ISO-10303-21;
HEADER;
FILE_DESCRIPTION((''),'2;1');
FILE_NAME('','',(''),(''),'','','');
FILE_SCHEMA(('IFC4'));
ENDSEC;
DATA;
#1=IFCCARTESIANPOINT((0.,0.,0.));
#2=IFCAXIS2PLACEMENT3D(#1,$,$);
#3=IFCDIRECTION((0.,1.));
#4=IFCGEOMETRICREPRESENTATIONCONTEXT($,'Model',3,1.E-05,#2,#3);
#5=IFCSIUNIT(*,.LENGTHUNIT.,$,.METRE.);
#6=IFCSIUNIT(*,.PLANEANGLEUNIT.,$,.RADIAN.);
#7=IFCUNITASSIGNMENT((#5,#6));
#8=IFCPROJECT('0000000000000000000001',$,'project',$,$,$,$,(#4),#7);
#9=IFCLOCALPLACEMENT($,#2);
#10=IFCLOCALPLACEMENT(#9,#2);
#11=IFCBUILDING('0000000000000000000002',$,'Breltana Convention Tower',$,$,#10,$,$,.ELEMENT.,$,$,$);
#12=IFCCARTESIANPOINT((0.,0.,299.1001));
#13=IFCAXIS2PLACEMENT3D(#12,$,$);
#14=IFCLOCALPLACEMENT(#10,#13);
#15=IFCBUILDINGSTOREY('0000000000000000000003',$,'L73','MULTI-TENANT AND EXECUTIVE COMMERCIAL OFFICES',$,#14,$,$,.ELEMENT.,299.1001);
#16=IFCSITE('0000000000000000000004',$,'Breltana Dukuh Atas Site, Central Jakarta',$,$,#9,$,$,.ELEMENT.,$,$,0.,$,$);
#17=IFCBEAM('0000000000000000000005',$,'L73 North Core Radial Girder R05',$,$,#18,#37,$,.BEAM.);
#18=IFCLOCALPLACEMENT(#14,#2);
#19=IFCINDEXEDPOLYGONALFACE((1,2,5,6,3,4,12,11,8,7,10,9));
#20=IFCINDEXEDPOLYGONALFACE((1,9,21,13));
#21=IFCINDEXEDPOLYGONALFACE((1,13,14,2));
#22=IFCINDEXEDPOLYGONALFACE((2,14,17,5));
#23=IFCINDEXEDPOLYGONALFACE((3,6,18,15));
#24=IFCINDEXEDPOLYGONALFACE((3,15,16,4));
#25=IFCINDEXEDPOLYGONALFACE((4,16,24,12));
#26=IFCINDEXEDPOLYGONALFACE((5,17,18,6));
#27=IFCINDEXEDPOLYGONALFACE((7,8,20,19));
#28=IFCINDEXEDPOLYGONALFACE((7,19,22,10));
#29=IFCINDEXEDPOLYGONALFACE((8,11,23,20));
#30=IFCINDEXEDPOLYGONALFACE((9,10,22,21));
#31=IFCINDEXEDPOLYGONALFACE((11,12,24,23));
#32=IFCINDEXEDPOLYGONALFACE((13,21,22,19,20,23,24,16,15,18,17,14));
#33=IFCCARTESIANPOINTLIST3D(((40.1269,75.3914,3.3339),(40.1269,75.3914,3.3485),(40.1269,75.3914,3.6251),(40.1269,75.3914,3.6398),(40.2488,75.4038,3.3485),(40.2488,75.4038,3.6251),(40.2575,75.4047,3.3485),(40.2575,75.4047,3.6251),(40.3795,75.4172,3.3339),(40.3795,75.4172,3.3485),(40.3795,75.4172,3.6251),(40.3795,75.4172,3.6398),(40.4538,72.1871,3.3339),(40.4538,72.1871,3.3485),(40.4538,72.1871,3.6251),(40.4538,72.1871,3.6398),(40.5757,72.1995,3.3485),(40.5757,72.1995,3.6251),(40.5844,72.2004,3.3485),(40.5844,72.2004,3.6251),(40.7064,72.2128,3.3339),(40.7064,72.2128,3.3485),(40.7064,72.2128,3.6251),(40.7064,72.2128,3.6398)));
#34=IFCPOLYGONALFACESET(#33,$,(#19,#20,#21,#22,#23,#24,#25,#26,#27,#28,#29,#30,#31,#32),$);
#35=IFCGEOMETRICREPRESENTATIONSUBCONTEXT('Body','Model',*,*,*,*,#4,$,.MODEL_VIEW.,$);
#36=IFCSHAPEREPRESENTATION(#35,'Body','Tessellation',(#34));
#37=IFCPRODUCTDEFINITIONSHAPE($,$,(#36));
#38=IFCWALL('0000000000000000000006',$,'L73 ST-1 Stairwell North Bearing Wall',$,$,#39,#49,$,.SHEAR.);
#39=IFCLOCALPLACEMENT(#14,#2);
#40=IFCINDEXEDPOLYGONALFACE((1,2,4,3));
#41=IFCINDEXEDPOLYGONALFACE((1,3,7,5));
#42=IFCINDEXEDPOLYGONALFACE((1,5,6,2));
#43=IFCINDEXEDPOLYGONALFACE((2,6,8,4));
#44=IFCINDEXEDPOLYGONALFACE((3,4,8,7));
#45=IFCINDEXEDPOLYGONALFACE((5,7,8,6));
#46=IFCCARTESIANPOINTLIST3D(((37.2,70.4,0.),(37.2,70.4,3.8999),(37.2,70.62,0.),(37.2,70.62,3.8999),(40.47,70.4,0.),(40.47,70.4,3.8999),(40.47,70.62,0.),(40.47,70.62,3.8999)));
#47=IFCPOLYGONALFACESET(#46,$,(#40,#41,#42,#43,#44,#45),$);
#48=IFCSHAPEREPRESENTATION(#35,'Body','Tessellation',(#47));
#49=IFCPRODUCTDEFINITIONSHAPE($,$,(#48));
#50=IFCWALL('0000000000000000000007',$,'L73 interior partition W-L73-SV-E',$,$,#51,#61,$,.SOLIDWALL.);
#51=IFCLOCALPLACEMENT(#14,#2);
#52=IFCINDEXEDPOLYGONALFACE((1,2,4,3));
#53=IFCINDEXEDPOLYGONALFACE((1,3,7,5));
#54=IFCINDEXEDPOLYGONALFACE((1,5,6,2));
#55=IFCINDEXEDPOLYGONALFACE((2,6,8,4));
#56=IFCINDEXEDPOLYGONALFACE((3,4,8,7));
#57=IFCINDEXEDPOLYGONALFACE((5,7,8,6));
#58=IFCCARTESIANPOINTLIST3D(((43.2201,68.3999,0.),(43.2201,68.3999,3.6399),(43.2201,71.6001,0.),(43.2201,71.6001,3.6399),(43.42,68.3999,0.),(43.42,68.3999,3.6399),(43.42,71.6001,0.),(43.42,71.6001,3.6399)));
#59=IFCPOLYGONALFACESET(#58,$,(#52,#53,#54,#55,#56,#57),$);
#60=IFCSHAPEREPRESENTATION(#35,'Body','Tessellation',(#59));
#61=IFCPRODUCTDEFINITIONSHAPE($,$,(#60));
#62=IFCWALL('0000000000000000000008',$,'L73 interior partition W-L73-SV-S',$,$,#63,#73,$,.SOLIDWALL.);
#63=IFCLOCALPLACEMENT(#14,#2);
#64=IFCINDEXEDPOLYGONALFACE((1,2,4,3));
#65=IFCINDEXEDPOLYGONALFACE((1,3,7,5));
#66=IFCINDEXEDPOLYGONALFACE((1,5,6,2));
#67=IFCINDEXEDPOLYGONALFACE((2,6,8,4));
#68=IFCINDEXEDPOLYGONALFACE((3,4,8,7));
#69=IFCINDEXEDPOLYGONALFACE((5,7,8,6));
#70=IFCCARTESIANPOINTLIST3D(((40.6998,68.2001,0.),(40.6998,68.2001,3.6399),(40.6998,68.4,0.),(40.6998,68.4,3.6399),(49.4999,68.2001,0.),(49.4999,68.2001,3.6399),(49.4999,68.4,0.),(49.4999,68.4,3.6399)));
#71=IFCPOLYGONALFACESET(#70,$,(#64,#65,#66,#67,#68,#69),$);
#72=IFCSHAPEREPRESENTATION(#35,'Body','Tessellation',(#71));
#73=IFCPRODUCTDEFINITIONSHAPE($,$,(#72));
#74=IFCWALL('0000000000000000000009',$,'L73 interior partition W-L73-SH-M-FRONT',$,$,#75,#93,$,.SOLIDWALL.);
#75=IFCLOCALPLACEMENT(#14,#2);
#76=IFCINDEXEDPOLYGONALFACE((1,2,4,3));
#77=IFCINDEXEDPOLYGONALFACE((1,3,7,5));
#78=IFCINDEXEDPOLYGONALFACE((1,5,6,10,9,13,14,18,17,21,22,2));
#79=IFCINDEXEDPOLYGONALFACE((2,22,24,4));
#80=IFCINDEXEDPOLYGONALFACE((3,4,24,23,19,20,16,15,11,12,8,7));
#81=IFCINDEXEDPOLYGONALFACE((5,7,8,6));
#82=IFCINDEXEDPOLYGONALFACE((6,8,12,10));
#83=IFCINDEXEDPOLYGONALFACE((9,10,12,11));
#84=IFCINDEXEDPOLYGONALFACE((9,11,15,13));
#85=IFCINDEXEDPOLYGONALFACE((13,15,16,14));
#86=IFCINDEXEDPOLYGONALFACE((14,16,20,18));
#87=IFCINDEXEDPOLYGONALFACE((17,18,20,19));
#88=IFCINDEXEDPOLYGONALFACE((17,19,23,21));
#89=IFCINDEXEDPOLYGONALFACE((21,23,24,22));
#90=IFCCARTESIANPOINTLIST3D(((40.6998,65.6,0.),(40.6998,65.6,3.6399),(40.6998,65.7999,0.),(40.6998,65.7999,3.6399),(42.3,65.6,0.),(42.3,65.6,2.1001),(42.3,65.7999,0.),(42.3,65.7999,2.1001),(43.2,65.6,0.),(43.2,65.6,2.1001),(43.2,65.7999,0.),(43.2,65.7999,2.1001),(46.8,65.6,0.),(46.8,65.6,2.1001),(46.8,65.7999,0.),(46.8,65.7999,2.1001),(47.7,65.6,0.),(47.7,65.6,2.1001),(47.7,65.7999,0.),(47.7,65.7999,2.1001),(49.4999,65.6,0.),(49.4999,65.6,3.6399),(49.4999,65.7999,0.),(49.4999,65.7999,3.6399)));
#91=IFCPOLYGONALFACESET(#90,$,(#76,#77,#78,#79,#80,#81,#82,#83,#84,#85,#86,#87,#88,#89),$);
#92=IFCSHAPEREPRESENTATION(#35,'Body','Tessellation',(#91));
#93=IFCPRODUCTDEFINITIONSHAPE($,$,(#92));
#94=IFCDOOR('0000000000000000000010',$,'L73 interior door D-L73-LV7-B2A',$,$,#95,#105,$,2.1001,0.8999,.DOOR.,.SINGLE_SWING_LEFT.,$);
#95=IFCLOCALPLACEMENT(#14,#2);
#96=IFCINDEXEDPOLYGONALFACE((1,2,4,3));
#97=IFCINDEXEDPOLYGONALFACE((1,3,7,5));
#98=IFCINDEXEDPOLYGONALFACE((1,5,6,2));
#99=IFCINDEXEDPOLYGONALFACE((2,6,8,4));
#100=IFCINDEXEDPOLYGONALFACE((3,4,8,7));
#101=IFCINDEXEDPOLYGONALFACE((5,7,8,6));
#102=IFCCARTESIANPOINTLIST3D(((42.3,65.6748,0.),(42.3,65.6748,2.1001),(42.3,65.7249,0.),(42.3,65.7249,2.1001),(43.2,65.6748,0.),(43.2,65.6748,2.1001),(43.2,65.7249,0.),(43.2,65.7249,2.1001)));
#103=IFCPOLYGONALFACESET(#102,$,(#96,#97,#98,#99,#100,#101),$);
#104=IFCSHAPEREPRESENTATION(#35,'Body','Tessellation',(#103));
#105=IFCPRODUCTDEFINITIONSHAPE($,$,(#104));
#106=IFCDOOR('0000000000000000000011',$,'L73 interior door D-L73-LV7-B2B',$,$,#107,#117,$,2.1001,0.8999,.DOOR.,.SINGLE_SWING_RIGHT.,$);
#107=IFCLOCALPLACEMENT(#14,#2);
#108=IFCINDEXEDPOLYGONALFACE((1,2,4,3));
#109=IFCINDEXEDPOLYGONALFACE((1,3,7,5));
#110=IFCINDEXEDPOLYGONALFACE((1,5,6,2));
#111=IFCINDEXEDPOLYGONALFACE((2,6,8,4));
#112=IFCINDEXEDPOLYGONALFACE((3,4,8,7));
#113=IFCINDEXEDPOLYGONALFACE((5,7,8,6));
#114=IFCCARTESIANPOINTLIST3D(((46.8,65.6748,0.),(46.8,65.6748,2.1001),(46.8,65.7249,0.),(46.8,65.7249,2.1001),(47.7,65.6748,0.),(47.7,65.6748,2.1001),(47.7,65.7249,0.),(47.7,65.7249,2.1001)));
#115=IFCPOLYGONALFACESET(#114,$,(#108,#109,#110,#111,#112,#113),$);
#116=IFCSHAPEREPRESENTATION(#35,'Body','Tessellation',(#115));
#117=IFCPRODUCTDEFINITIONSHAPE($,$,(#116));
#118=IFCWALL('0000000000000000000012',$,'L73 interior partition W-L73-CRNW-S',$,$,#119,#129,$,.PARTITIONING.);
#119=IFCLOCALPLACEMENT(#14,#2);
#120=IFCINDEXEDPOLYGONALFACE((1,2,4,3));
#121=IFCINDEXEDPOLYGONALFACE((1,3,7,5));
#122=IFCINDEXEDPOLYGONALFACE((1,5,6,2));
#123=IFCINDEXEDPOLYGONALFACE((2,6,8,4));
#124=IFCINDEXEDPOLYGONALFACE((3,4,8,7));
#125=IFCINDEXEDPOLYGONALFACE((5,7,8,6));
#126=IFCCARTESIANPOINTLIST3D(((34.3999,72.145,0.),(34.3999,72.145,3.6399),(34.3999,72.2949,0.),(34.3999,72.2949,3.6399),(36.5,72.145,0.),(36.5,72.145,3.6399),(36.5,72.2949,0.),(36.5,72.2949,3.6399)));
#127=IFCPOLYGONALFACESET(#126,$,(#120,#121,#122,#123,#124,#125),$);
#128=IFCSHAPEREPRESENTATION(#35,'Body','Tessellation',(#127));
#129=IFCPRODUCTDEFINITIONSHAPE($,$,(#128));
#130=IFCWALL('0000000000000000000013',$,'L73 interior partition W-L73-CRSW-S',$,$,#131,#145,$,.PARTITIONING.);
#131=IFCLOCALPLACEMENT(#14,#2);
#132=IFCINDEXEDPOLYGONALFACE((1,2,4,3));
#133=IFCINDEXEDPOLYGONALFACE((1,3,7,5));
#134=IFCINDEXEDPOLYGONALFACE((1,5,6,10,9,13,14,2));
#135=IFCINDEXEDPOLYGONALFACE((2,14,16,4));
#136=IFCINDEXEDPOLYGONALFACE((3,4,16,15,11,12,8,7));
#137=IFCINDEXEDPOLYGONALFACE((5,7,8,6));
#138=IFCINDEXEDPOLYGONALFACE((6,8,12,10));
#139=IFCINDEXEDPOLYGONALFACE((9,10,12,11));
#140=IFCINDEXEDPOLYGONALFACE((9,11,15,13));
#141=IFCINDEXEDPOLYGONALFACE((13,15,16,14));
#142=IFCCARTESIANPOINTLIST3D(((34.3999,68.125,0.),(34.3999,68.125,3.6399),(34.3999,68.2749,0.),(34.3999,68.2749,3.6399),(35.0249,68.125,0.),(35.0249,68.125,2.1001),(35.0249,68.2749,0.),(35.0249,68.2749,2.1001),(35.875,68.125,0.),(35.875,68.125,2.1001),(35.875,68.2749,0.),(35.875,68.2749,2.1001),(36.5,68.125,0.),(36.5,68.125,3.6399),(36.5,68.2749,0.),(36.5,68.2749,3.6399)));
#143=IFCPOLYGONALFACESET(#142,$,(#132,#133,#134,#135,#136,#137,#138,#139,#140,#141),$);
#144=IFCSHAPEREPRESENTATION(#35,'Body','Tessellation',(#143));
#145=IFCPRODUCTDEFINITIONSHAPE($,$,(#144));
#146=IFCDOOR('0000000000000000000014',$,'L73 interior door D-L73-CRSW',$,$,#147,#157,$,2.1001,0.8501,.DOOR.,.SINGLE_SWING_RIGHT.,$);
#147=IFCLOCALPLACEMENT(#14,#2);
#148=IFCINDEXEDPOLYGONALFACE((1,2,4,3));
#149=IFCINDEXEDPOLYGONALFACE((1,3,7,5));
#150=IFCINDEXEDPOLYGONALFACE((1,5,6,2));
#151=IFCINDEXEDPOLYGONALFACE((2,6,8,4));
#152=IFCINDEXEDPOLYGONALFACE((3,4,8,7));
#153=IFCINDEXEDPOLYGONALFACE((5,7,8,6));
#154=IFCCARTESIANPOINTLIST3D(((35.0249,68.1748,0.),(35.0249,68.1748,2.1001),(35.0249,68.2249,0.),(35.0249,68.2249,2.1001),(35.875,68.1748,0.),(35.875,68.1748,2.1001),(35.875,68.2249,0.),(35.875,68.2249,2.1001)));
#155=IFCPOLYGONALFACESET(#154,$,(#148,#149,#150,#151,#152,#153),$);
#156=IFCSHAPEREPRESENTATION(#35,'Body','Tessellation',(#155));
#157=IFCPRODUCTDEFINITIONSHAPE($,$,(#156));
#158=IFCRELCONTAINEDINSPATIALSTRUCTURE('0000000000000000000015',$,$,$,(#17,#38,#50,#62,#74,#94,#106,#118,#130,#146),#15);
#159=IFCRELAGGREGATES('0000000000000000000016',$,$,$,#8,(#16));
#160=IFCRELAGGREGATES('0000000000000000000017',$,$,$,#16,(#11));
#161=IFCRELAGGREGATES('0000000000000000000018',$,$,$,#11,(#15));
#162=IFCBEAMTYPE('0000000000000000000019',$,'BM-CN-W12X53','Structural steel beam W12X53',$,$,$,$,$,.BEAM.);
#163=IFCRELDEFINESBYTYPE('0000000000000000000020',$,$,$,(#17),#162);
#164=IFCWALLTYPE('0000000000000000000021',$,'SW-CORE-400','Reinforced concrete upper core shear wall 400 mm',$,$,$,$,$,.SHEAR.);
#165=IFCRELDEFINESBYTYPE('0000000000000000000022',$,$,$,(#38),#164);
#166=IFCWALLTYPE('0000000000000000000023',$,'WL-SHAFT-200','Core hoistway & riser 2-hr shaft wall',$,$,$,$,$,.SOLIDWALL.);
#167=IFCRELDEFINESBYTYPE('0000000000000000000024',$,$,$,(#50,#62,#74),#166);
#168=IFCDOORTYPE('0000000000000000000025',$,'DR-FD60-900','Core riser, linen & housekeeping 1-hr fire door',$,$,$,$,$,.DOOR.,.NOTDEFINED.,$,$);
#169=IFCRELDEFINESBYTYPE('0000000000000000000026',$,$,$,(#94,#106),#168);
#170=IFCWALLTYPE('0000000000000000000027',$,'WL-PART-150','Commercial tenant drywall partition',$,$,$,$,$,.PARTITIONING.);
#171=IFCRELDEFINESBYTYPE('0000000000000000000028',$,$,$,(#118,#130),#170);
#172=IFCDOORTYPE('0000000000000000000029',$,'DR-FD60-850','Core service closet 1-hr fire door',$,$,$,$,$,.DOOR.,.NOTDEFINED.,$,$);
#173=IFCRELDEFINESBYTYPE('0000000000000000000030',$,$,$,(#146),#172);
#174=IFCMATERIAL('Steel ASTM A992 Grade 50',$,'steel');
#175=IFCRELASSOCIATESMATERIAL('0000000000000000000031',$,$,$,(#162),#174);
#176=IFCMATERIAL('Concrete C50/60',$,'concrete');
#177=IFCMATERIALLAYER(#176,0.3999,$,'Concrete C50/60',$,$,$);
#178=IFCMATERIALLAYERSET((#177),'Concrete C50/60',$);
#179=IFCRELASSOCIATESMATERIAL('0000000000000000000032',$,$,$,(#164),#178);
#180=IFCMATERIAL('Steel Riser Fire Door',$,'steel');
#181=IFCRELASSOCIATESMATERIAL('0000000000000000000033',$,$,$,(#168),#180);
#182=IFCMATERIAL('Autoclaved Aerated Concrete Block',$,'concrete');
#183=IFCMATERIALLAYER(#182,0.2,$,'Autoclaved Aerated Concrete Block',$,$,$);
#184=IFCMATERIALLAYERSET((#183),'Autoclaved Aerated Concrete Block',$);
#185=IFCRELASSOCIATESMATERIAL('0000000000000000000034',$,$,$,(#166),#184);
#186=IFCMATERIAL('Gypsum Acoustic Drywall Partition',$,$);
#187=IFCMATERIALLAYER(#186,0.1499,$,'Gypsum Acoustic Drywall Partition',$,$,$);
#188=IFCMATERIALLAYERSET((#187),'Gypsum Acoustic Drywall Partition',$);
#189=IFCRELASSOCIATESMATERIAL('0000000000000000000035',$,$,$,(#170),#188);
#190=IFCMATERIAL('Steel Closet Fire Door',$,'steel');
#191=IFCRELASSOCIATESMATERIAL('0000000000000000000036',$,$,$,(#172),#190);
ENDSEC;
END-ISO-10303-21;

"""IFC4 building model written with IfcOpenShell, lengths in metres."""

from ifc_helpers import new_model, si_unit, direction, frame, frame_2d, origin, origin_2d, place, context, subcontext, project, spatial, rectangle, i_section, extrude, source, transform, mapped, material, layer, layer_set, material_profile, profile_set, type_object, type_shapes, element, fill, save


model = new_model("IFC4")

# Units and contexts
model_context = context("Model", 3, precision=1e-05, world=origin(), true_north=direction((0.0, 1.0)))
body_context = subcontext(model_context, "Body", "Model", "MODEL_VIEW")
ifc_project = project(units=[si_unit("LENGTHUNIT", "METRE"), si_unit("PLANEANGLEUNIT", "RADIAN")], contexts=[model_context])

# Site, building, storey
site_placement = place(None, origin())
site = spatial("IfcSite", under=ifc_project, at=site_placement, Name="Breltana Dukuh Atas Site, Central Jakarta", CompositionType="ELEMENT", RefElevation=0.0)
building_placement = place(site_placement, origin())
building = spatial("IfcBuilding", under=site, at=building_placement, Name="Breltana Convention Tower", CompositionType="ELEMENT")
storey_placement = place(building_placement, frame((0.0, 0.0, 299.1001)))
storey = spatial("IfcBuildingStorey", under=building, at=storey_placement, Name="L73", Description="MULTI-TENANT AND EXECUTIVE COMMERCIAL OFFICES", CompositionType="ELEMENT", Elevation=299.1001)

# Beam
ifc_material_1 = material(Name="Steel ASTM A992 Grade 50", Category="steel")
ifc_material_profile = material_profile(ifc_material_1, i_section(OverallWidth=0.2539, OverallDepth=0.3059, WebThickness=0.0088, FlangeThickness=0.0146, at=origin_2d()), Name="W12X53")
ifc_profile_set = profile_set([ifc_material_profile], Name="Steel ASTM A992 Grade 50")
beam_type = type_object("IfcBeamType", Name="BM-CN-W12X53", Description="Structural steel beam W12X53", PredefinedType="BEAM", material=ifc_profile_set)
shared_shape_1 = source(origin(), body_context, "Body", "SweptSolid", [
    extrude(i_section(OverallWidth=0.2539, OverallDepth=0.3059, WebThickness=0.0088, FlangeThickness=0.0146, at=origin_2d()), origin(), (0.0, 0.0, 1.0), 3.2209),
])
beam_placement = place(storey_placement, frame((40.5801, 72.2, 3.4868), z_axis=(-0.101492, 0.994836, 0.0), x_axis=(-0.994836, -0.101492, 0.0)))
element("IfcBeam", 1, at=beam_placement, inside=storey, type_object=beam_type, Name="L73 North Core Radial Girder R05", PredefinedType="BEAM", context=body_context, shape_type="MappedRepresentation", body=[
    mapped(shared_shape_1, transform((0.0, 0.0, 0.0), scale=1.0)),
])

# Wall
ifc_material_2 = material(Name="Concrete C50/60", Category="concrete")
ifc_layer_1 = layer(ifc_material_2, 0.3999, Name="Concrete C50/60")
ifc_layer_set_1 = layer_set([ifc_layer_1], Name="Concrete C50/60")
wall_type_1 = type_object("IfcWallType", Name="SW-CORE-400", Description="Reinforced concrete upper core shear wall 400 mm", PredefinedType="SHEAR", material=ifc_layer_set_1)
shared_shape_2 = source(origin(), body_context, "Body", "SweptSolid", [
    extrude(rectangle(XDim=3.27, YDim=0.22, at=frame_2d((1.635, 0.0))), origin(), (0.0, 0.0, 1.0), 3.8999),
])
wall_1_placement = place(storey_placement, frame((37.2, 70.51, 0.0), z_axis=(0.0, 0.0, 1.0), x_axis=(1.0, 0.0, 0.0)))
element("IfcWall", 2, at=wall_1_placement, inside=storey, type_object=wall_type_1, Name="L73 ST-1 Stairwell North Bearing Wall", PredefinedType="SHEAR", context=body_context, shape_type="MappedRepresentation", body=[
    mapped(shared_shape_2, transform((0.0, 0.0, 0.0), scale=1.0)),
])

# Shared definitions
ifc_material_3 = material(Name="Steel Riser Fire Door", Category="steel")
door_type_1 = type_object("IfcDoorType", Name="DR-FD60-900", Description="Core riser, linen & housekeeping 1-hr fire door", OperationType="NOTDEFINED", PredefinedType="DOOR", material=ifc_material_3)
shared_shape_3 = source(origin(), body_context, "Body", "SweptSolid", [
    extrude(rectangle(XDim=0.8999, YDim=2.1001, at=frame_2d((0.45, 1.05))), frame((0.0, 0.0249, 0.0), z_axis=(0.0, -1.0, 0.0), x_axis=(1.0, 0.0, 0.0)), (0.0, 0.0, 1.0), 0.05),
])
type_shapes(door_type_1, [shared_shape_3])

# Walls
ifc_material_4 = material(Name="Autoclaved Aerated Concrete Block", Category="concrete")
ifc_layer_2 = layer(ifc_material_4, 0.2, Name="Autoclaved Aerated Concrete Block")
ifc_layer_set_2 = layer_set([ifc_layer_2], Name="Autoclaved Aerated Concrete Block")
wall_type_2 = type_object("IfcWallType", Name="WL-SHAFT-200", Description="Core hoistway & riser 2-hr shaft wall", PredefinedType="SOLIDWALL", material=ifc_layer_set_2)
shared_shape_4 = source(origin(), body_context, "Body", "SweptSolid", [
    extrude(rectangle(XDim=3.2002, YDim=0.2, at=frame_2d((1.6001, 0.0))), origin(), (0.0, 0.0, 1.0), 3.6399),
])
wall_2_placement = place(storey_placement, frame((43.3201, 68.3999, 0.0), z_axis=(0.0, 0.0, 1.0), x_axis=(0.0, 1.0, 0.0)))
element("IfcWall", 3, at=wall_2_placement, inside=storey, type_object=wall_type_2, Name="L73 interior partition W-L73-SV-E", PredefinedType="SOLIDWALL", context=body_context, shape_type="MappedRepresentation", body=[
    mapped(shared_shape_4, transform((0.0, 0.0, 0.0), scale=1.0)),
])
shared_shape_5 = source(origin(), body_context, "Body", "SweptSolid", [
    extrude(rectangle(XDim=8.8, YDim=0.2, at=frame_2d((4.3999, 0.0))), origin(), (0.0, 0.0, 1.0), 3.6399),
])
wall_3_placement = place(storey_placement, frame((40.7, 68.3, 0.0), z_axis=(0.0, 0.0, 1.0), x_axis=(1.0, 0.0, 0.0)))
element("IfcWall", 4, at=wall_3_placement, inside=storey, type_object=wall_type_2, Name="L73 interior partition W-L73-SV-S", PredefinedType="SOLIDWALL", context=body_context, shape_type="MappedRepresentation", body=[
    mapped(shared_shape_5, transform((0.0, 0.0, 0.0), scale=1.0)),
])

# Wall, openings, doors
wall_4_placement = place(storey_placement, frame((40.7, 65.7, 0.0), z_axis=(0.0, 0.0, 1.0), x_axis=(1.0, 0.0, 0.0)))
wall_4 = element("IfcWall", 5, at=wall_4_placement, inside=storey, type_object=wall_type_2, Name="L73 interior partition W-L73-SH-M-FRONT", PredefinedType="SOLIDWALL", context=body_context, shape_type="MappedRepresentation", body=[
    mapped(shared_shape_5, transform((0.0, 0.0, 0.0), scale=1.0)),
])
opening_1_placement = place(wall_4_placement, frame((1.6001, 0.0, 0.0)))
opening_1 = element("IfcOpeningElement", 6, at=opening_1_placement, cuts=wall_4, PredefinedType="OPENING", context=body_context, shape_type="SweptSolid", body=[
    extrude(rectangle(XDim=0.8999, YDim=2.1001, at=frame_2d((0.45, 1.05))), frame((0.0, 0.1099, 0.0), z_axis=(0.0, -1.0, 0.0), x_axis=(1.0, 0.0, 0.0)), (0.0, 0.0, 1.0), 0.22),
])
opening_2_placement = place(wall_4_placement, frame((6.1001, 0.0, 0.0)))
opening_2 = element("IfcOpeningElement", 7, at=opening_2_placement, cuts=wall_4, PredefinedType="OPENING", context=body_context, shape_type="SweptSolid", body=[
    extrude(rectangle(XDim=0.8999, YDim=2.1001, at=frame_2d((0.45, 1.05))), frame((0.0, 0.1099, 0.0), z_axis=(0.0, -1.0, 0.0), x_axis=(1.0, 0.0, 0.0)), (0.0, 0.0, 1.0), 0.22),
])
door_1_placement = place(opening_1_placement, origin())
door_1 = element("IfcDoor", 8, at=door_1_placement, inside=storey, type_object=door_type_1, Name="L73 interior door D-L73-LV7-B2A", OperationType="SINGLE_SWING_LEFT", OverallHeight=2.1001, OverallWidth=0.8999, PredefinedType="DOOR", context=body_context, shape_type="MappedRepresentation", body=[
    mapped(shared_shape_3, transform((0.0, 0.0, 0.0), scale=1.0)),
])
fill(opening_1, door_1)
door_2_placement = place(opening_2_placement, origin())
door_2 = element("IfcDoor", 9, at=door_2_placement, inside=storey, type_object=door_type_1, Name="L73 interior door D-L73-LV7-B2B", OperationType="SINGLE_SWING_RIGHT", OverallHeight=2.1001, OverallWidth=0.8999, PredefinedType="DOOR", context=body_context, shape_type="MappedRepresentation", body=[
    mapped(shared_shape_3, transform((0.0, 0.0, 0.0), scale=1.0)),
])
fill(opening_2, door_2)

# Wall
ifc_material_5 = material(Name="Gypsum Acoustic Drywall Partition")
ifc_layer_3 = layer(ifc_material_5, 0.1499, Name="Gypsum Acoustic Drywall Partition")
ifc_layer_set_3 = layer_set([ifc_layer_3], Name="Gypsum Acoustic Drywall Partition")
wall_type_3 = type_object("IfcWallType", Name="WL-PART-150", Description="Commercial tenant drywall partition", PredefinedType="PARTITIONING", material=ifc_layer_set_3)
shared_shape_6 = source(origin(), body_context, "Body", "SweptSolid", [
    extrude(rectangle(XDim=2.1001, YDim=0.1499, at=frame_2d((1.05, 0.0))), origin(), (0.0, 0.0, 1.0), 3.6399),
])
wall_5_placement = place(storey_placement, frame((34.3999, 72.22, 0.0), z_axis=(0.0, 0.0, 1.0), x_axis=(1.0, 0.0, 0.0)))
element("IfcWall", 10, at=wall_5_placement, inside=storey, type_object=wall_type_3, Name="L73 interior partition W-L73-CRNW-S", PredefinedType="PARTITIONING", context=body_context, shape_type="MappedRepresentation", body=[
    mapped(shared_shape_6, transform((0.0, 0.0, 0.0), scale=1.0)),
])

# Wall, opening, door
wall_6_placement = place(storey_placement, frame((34.3999, 68.2, 0.0), z_axis=(0.0, 0.0, 1.0), x_axis=(1.0, 0.0, 0.0)))
wall_6 = element("IfcWall", 11, at=wall_6_placement, inside=storey, type_object=wall_type_3, Name="L73 interior partition W-L73-CRSW-S", PredefinedType="PARTITIONING", context=body_context, shape_type="MappedRepresentation", body=[
    mapped(shared_shape_6, transform((0.0, 0.0, 0.0), scale=1.0)),
])
opening_3_placement = place(wall_6_placement, frame((0.625, 0.0, 0.0)))
opening_3 = element("IfcOpeningElement", 12, at=opening_3_placement, cuts=wall_6, PredefinedType="OPENING", context=body_context, shape_type="SweptSolid", body=[
    extrude(rectangle(XDim=0.8501, YDim=2.1001, at=frame_2d((0.425, 1.05))), frame((0.0, 0.085, 0.0), z_axis=(0.0, -1.0, 0.0), x_axis=(1.0, 0.0, 0.0)), (0.0, 0.0, 1.0), 0.1699),
])
ifc_material_6 = material(Name="Steel Closet Fire Door", Category="steel")
door_type_2 = type_object("IfcDoorType", Name="DR-FD60-850", Description="Core service closet 1-hr fire door", OperationType="NOTDEFINED", PredefinedType="DOOR", material=ifc_material_6)
shared_shape_7 = source(origin(), body_context, "Body", "SweptSolid", [
    extrude(rectangle(XDim=0.8501, YDim=2.1001, at=frame_2d((0.425, 1.05))), frame((0.0, 0.0249, 0.0), z_axis=(0.0, -1.0, 0.0), x_axis=(1.0, 0.0, 0.0)), (0.0, 0.0, 1.0), 0.05),
])
type_shapes(door_type_2, [shared_shape_7])
door_3_placement = place(opening_3_placement, origin())
door_3 = element("IfcDoor", 13, at=door_3_placement, inside=storey, type_object=door_type_2, Name="L73 interior door D-L73-CRSW", OperationType="SINGLE_SWING_RIGHT", OverallHeight=2.1001, OverallWidth=0.8501, PredefinedType="DOOR", context=body_context, shape_type="MappedRepresentation", body=[
    mapped(shared_shape_7, transform((0.0, 0.0, 0.0), scale=1.0)),
])
fill(opening_3, door_3)

save(model, "model.ifc")
